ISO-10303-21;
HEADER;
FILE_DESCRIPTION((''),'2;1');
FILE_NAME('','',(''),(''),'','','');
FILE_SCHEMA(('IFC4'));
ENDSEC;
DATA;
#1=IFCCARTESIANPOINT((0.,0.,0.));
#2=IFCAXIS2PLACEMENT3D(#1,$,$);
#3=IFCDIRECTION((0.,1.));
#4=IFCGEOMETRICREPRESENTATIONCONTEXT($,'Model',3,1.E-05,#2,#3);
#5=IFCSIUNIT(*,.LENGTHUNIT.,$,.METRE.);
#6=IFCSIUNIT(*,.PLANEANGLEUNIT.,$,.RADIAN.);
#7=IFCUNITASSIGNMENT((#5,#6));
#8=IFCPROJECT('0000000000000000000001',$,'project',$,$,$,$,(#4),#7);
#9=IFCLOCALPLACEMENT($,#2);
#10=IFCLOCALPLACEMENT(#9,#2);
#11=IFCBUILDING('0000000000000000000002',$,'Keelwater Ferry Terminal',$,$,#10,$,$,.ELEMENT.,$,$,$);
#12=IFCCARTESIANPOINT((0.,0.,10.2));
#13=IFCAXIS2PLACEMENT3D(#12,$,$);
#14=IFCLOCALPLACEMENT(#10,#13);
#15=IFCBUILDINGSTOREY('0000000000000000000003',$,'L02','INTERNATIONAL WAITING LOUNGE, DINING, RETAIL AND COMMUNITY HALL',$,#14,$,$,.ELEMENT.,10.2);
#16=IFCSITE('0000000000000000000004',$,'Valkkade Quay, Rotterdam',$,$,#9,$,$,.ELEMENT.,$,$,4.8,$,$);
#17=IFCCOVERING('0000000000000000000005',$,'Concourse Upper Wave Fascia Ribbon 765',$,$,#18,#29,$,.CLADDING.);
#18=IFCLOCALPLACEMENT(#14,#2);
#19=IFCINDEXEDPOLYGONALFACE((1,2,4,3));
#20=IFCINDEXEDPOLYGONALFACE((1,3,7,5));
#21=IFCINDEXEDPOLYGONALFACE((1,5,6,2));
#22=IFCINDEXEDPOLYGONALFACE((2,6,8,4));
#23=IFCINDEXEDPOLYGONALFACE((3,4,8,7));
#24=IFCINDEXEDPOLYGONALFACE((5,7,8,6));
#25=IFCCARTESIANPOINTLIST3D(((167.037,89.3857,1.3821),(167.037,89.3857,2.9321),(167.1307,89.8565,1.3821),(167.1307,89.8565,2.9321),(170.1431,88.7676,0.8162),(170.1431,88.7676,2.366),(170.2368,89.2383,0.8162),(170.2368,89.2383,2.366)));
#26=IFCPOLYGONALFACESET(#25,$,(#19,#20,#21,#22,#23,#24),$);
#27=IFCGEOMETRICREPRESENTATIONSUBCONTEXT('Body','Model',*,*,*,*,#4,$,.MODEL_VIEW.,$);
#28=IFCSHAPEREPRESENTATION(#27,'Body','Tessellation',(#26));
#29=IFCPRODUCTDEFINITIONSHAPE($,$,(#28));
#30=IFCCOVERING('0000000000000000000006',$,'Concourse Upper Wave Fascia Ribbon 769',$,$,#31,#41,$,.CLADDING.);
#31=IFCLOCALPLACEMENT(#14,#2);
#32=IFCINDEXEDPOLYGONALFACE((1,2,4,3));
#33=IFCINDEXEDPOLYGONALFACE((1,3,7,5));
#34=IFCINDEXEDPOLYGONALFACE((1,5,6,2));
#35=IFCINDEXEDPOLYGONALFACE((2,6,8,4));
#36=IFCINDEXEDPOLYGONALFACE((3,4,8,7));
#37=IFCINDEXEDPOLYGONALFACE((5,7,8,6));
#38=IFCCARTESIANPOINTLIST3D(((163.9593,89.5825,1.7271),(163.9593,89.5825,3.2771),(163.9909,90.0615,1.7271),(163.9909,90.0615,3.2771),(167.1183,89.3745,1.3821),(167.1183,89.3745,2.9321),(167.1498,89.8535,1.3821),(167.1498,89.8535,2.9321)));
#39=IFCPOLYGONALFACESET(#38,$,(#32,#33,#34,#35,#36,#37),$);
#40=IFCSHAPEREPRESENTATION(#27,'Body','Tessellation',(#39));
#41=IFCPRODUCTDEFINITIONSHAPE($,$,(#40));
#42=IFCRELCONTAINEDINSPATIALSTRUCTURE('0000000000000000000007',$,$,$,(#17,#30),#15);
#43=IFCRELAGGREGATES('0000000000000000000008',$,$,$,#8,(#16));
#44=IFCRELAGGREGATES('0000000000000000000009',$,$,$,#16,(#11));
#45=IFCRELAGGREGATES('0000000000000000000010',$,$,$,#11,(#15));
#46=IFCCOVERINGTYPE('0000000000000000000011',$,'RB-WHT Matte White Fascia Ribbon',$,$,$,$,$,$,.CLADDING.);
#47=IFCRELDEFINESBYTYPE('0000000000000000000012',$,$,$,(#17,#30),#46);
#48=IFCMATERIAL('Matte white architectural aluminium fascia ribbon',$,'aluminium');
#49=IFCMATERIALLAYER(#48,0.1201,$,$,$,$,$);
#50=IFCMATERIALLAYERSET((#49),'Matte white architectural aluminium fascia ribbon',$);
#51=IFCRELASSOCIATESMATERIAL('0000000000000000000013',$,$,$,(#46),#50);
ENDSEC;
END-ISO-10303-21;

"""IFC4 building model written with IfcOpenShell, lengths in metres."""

from ifc_helpers import new_model, si_unit, direction, frame, origin, place, context, subcontext, project, spatial, polyline, outline, extrude, material, layer, layer_set, type_object, element, save


model = new_model("IFC4")

# Units and contexts
model_context = context("Model", 3, precision=1e-05, world=origin(), true_north=direction((0.0, 1.0)))
body_context = subcontext(model_context, "Body", "Model", "MODEL_VIEW")
ifc_project = project(units=[si_unit("LENGTHUNIT", "METRE"), si_unit("PLANEANGLEUNIT", "RADIAN")], contexts=[model_context])

# Site, building, storey
site_placement = place(None, origin())
site = spatial("IfcSite", under=ifc_project, at=site_placement, Name="Valkkade Quay, Rotterdam", CompositionType="ELEMENT", RefElevation=4.8)
building_placement = place(site_placement, origin())
building = spatial("IfcBuilding", under=site, at=building_placement, Name="Keelwater Ferry Terminal", CompositionType="ELEMENT")
storey_placement = place(building_placement, frame((0.0, 0.0, 10.2)))
storey = spatial("IfcBuildingStorey", under=building, at=storey_placement, Name="L02", Description="INTERNATIONAL WAITING LOUNGE, DINING, RETAIL AND COMMUNITY HALL", CompositionType="ELEMENT", Elevation=10.2)

# Coverings
ifc_material_1 = material(Name="Matte white architectural aluminium fascia ribbon", Category="aluminium")
ifc_layer_1 = layer(ifc_material_1, 0.1201)
ifc_layer_set_1 = layer_set([ifc_layer_1], Name="Matte white architectural aluminium fascia ribbon")
covering_type = type_object("IfcCoveringType", Name="RB-WHT Matte White Fascia Ribbon", PredefinedType="CLADDING", material=ifc_layer_set_1)
covering_1_placement = place(storey_placement, frame((170.1899, 89.0029, 0.8162), z_axis=(0.0, 0.0, 1.0), x_axis=(-0.980764, 0.195197, 0.0)))
element("IfcCovering", 1, at=covering_1_placement, inside=storey, type_object=covering_type, Name="Concourse Upper Wave Fascia Ribbon 765", PredefinedType="CLADDING", context=body_context, shape_type="SweptSolid", body=[
    extrude(outline(polyline([(0.0, 0.0), (3.167, 0.5659), (3.167, 2.116), (0.0, 1.5498), (0.0, 0.0)])), frame((0.0, 0.24, 0.0), z_axis=(0.0, -1.0, 0.0), x_axis=(1.0, 0.0, 0.0)), (0.0, 0.0, 1.0), 0.48),
])
covering_2_placement = place(storey_placement, frame((167.134, 89.614, 1.3821), z_axis=(0.0, 0.0, 1.0), x_axis=(-0.997839, 0.065705, 0.0)))
element("IfcCovering", 2, at=covering_2_placement, inside=storey, type_object=covering_type, Name="Concourse Upper Wave Fascia Ribbon 769", PredefinedType="CLADDING", context=body_context, shape_type="SweptSolid", body=[
    extrude(outline(polyline([(0.0, 0.0), (3.1658, 0.345), (3.1658, 1.895), (0.0, 1.55), (0.0, 0.0)])), frame((0.0, 0.24, 0.0), z_axis=(0.0, -1.0, 0.0), x_axis=(1.0, 0.0, 0.0)), (0.0, 0.0, 1.0), 0.48),
])

save(model, "model.ifc")
